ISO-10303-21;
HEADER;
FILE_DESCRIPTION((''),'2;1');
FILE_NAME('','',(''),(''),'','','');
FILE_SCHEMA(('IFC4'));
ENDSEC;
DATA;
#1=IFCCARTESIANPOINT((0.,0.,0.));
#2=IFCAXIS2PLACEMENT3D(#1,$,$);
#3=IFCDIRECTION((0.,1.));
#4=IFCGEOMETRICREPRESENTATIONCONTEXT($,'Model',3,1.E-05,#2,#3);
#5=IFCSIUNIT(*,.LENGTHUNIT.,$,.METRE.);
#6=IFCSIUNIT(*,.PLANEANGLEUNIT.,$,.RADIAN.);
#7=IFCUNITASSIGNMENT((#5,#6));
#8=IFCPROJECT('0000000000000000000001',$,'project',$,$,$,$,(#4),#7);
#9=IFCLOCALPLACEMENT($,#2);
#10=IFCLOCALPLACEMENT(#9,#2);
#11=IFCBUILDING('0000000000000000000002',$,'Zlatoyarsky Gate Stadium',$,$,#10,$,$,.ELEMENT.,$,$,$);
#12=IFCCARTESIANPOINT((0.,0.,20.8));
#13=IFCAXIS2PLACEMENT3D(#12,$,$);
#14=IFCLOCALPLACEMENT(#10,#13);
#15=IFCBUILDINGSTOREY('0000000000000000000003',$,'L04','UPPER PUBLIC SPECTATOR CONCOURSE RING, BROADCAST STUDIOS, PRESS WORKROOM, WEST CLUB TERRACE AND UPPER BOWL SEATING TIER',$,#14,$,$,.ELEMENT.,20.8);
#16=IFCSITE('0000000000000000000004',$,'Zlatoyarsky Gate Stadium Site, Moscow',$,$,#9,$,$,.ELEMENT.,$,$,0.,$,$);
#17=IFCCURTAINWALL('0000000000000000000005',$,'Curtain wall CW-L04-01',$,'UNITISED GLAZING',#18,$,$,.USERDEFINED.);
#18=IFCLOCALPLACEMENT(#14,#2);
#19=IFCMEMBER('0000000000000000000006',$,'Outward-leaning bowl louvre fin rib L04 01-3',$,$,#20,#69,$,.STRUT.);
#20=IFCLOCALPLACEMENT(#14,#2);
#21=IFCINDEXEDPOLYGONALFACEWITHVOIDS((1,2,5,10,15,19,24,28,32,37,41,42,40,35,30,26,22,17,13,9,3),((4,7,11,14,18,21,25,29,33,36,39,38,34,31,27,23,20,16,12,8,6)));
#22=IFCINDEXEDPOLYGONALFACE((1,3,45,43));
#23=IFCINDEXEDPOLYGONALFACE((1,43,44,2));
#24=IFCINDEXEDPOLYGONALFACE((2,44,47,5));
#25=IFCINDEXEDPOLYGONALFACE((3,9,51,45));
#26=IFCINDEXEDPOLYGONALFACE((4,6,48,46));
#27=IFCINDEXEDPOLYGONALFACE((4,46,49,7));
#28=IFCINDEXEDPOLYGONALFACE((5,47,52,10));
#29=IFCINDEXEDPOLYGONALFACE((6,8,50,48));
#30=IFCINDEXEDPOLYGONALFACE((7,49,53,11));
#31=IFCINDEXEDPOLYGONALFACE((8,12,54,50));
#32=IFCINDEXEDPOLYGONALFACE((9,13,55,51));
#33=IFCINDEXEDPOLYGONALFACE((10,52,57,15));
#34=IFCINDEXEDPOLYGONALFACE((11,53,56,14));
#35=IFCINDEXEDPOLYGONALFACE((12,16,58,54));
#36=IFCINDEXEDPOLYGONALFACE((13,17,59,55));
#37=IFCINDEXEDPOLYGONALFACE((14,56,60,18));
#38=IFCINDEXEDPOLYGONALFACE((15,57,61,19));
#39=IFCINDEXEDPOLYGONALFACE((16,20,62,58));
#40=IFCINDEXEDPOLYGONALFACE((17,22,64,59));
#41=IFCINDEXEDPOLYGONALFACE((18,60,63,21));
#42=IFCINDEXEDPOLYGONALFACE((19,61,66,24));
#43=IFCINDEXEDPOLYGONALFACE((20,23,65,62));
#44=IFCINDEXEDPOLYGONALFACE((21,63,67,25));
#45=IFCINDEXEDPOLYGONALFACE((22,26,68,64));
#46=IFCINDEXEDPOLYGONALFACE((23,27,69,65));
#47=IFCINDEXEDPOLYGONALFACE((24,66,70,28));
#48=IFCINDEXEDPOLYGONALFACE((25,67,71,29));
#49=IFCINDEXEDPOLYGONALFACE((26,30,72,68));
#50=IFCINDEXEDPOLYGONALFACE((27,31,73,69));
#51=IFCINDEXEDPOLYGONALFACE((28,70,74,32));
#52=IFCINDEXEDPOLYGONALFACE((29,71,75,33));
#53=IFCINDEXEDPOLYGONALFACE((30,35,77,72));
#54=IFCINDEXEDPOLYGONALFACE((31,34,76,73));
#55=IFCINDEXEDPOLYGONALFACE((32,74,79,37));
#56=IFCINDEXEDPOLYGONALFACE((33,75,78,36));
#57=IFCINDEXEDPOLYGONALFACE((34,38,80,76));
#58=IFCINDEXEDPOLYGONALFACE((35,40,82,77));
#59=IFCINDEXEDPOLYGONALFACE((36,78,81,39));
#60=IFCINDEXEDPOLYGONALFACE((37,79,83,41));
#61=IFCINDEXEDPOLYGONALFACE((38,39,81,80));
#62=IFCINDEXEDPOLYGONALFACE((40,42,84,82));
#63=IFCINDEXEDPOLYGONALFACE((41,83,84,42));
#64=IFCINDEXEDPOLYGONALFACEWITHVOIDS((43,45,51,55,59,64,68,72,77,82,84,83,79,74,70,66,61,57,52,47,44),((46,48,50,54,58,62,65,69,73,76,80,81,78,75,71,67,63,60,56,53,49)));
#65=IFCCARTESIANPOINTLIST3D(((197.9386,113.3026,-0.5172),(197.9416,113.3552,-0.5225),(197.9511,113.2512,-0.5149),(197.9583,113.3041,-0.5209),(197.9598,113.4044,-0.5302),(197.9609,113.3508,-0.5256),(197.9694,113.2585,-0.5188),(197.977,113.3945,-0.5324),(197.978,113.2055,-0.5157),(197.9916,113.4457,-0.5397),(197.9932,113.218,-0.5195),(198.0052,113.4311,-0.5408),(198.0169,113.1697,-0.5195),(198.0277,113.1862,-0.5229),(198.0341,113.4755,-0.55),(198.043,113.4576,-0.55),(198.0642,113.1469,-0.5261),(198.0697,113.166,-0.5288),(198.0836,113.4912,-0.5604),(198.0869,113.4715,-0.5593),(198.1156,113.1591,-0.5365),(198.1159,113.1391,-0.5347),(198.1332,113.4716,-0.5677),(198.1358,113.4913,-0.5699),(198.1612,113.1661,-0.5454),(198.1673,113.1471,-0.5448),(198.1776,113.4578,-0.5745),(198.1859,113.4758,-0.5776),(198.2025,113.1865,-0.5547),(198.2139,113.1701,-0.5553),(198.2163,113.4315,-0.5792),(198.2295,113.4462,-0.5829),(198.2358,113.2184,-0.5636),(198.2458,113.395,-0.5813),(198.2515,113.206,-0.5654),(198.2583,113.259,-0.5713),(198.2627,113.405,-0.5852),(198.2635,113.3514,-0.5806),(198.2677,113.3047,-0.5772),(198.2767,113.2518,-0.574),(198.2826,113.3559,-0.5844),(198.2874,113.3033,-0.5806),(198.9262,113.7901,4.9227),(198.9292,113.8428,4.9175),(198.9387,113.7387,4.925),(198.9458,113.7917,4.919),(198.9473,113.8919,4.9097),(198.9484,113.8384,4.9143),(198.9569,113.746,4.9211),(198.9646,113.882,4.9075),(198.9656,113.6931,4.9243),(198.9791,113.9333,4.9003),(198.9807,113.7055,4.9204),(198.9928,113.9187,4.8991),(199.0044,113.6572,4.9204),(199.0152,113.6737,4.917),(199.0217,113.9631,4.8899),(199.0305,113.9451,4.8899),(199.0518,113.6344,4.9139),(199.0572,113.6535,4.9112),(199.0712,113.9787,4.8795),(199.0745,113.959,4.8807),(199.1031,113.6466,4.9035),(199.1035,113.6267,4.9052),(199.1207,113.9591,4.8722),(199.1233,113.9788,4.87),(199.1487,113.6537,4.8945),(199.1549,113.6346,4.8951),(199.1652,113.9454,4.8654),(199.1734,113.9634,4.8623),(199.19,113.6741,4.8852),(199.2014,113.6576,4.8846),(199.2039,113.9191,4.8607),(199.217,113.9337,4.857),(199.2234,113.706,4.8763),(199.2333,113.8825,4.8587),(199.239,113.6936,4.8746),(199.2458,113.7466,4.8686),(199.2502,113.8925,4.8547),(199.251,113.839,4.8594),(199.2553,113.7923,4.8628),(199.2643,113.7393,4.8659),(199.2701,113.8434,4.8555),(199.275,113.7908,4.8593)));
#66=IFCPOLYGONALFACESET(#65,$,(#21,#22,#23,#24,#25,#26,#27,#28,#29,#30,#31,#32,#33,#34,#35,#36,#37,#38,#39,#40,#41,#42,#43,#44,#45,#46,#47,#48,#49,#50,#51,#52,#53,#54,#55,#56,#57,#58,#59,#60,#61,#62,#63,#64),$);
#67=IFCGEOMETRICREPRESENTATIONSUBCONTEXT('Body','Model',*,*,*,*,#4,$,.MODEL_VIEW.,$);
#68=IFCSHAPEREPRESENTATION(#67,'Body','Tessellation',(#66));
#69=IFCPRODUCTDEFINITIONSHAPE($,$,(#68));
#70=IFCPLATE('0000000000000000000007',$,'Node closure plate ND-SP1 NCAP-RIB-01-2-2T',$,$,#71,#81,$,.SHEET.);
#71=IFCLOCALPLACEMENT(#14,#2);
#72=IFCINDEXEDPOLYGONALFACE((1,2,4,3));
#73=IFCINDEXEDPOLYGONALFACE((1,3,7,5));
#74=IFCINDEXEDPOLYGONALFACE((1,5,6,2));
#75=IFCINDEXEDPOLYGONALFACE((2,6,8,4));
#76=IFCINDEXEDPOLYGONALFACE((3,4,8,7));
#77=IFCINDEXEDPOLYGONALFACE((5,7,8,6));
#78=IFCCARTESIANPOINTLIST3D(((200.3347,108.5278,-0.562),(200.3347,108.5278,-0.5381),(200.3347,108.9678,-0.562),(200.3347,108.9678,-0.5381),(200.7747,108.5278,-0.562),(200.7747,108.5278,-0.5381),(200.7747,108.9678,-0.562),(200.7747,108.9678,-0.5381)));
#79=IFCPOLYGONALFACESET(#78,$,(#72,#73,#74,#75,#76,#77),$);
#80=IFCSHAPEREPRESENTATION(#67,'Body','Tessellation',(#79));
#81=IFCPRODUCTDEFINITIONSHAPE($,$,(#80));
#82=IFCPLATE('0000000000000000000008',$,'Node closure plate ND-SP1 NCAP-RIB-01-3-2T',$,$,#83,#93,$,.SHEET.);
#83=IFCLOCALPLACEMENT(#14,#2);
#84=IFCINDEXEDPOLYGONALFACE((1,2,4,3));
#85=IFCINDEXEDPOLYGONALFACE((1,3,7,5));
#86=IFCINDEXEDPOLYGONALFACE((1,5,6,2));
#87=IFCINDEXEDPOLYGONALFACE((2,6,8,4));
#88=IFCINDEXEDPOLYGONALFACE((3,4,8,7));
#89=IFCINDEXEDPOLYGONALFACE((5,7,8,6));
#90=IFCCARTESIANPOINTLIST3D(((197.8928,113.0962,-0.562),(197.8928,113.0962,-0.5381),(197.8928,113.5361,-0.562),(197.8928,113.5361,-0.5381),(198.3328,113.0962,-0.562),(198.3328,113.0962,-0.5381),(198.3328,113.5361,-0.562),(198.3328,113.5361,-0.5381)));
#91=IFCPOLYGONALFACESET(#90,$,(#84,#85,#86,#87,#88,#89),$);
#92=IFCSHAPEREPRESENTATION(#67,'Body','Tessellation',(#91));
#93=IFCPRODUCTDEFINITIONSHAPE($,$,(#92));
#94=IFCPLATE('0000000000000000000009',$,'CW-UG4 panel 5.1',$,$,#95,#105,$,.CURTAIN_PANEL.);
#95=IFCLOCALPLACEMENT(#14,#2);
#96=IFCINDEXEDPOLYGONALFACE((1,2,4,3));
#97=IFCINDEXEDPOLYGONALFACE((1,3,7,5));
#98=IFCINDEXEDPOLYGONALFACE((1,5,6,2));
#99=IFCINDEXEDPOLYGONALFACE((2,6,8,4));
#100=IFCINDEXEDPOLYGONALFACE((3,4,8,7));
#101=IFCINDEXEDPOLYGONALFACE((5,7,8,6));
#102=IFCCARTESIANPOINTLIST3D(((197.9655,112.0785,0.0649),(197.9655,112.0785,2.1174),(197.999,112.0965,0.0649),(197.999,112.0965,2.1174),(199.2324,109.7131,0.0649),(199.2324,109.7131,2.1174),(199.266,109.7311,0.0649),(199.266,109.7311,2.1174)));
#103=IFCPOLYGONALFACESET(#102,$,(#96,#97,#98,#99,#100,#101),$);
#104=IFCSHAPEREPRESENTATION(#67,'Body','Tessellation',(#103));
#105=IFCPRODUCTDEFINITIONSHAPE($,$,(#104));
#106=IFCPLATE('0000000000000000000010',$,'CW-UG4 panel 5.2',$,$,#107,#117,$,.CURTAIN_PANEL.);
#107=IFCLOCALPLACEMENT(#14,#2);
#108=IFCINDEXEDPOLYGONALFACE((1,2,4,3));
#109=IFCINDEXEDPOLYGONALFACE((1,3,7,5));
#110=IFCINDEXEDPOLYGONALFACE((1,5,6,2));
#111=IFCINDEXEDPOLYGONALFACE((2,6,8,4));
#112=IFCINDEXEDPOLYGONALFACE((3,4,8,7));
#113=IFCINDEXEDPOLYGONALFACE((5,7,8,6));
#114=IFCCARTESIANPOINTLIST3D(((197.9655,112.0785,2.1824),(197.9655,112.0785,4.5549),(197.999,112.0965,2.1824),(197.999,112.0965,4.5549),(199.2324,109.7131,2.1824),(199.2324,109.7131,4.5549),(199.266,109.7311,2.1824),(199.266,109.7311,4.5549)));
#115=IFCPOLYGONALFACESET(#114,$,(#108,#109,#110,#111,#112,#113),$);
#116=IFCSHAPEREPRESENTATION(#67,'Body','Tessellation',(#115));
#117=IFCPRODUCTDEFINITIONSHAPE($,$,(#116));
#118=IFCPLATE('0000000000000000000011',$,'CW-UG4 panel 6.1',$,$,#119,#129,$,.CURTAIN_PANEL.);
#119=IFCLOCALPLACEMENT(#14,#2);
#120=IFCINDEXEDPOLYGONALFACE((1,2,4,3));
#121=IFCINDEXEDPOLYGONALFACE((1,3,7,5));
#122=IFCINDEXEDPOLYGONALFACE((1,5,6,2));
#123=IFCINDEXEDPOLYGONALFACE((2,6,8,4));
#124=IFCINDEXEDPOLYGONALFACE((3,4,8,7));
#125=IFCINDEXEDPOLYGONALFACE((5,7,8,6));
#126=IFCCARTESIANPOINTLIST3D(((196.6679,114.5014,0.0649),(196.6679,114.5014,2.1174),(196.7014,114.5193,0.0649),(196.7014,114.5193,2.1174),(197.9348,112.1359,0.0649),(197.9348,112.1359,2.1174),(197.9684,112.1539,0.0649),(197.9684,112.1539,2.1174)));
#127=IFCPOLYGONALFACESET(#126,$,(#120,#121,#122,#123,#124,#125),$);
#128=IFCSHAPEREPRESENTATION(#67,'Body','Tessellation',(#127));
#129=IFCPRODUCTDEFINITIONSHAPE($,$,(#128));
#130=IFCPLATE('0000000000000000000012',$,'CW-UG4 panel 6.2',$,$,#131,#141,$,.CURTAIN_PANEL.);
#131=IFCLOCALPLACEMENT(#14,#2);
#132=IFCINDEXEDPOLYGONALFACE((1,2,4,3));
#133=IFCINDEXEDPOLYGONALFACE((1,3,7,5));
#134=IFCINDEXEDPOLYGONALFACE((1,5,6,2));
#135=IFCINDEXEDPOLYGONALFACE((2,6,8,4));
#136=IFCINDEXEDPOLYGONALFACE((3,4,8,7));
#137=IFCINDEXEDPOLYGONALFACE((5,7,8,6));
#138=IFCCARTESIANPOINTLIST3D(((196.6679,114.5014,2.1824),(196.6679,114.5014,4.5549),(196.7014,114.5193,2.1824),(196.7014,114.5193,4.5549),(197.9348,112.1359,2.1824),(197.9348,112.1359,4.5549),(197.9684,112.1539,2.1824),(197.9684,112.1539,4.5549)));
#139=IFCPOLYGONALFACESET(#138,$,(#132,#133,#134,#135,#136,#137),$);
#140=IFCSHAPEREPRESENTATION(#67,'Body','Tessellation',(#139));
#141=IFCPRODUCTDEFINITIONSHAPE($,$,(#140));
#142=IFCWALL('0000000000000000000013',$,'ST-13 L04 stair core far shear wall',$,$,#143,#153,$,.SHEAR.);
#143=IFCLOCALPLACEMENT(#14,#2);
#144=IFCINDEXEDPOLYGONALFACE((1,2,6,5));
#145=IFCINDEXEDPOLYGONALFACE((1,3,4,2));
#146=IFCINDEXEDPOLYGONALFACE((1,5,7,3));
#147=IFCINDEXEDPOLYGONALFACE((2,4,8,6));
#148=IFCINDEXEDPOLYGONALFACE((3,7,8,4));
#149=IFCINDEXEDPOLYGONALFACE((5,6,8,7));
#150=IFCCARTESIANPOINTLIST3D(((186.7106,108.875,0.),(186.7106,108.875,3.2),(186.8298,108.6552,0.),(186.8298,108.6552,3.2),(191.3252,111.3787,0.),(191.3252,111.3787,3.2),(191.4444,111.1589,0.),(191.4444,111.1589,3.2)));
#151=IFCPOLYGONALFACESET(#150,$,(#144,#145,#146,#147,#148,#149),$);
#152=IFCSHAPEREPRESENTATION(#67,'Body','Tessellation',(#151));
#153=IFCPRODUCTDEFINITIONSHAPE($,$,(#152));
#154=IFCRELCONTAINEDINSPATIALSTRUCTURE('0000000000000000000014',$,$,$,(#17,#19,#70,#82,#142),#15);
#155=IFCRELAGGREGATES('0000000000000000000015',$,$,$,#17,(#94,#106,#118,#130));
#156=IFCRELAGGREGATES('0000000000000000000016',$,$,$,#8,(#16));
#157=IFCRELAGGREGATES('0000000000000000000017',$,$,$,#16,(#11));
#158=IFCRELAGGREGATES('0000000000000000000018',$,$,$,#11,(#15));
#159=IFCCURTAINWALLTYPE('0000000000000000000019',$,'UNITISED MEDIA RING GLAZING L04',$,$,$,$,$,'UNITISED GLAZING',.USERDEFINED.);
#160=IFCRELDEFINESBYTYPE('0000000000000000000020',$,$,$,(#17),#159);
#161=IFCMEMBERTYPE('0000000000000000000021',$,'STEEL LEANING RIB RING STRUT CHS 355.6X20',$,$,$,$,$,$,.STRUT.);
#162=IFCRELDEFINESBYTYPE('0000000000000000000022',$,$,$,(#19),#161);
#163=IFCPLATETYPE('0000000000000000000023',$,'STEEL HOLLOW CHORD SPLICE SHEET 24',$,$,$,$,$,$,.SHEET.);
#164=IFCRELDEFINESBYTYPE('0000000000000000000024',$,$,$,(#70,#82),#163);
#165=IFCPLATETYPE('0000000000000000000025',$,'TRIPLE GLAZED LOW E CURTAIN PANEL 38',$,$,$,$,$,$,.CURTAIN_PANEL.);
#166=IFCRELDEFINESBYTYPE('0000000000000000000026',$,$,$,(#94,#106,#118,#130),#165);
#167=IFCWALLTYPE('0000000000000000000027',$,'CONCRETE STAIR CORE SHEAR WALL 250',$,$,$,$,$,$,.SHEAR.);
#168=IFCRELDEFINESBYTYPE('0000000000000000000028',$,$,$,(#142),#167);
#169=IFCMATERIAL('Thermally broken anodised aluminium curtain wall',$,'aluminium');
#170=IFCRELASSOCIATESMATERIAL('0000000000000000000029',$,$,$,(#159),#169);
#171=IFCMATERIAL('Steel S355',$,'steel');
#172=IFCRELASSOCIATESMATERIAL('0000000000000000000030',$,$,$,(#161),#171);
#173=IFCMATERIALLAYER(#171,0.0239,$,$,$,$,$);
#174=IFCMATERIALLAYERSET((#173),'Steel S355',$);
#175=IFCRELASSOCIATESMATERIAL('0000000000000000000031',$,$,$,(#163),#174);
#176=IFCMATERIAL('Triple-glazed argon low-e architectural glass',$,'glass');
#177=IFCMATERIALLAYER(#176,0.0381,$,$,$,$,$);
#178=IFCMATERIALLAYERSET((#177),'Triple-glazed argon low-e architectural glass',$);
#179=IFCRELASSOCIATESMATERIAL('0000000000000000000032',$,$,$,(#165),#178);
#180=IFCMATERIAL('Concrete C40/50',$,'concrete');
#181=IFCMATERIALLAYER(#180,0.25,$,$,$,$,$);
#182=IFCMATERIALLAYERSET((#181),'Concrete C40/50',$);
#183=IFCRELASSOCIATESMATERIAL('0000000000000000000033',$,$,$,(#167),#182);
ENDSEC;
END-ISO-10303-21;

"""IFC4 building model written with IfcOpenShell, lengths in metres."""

from ifc_helpers import new_model, si_unit, direction, frame, frame_2d, origin, origin_2d, place, context, subcontext, project, spatial, rectangle, hollow_circle, extrude, material, layer, layer_set, material_profile, profile_set, type_object, element, aggregate, save


model = new_model("IFC4")

# Units and contexts
model_context = context("Model", 3, precision=1e-05, world=origin(), true_north=direction((0.0, 1.0)))
body_context = subcontext(model_context, "Body", "Model", "MODEL_VIEW")
ifc_project = project(units=[si_unit("LENGTHUNIT", "METRE"), si_unit("PLANEANGLEUNIT", "RADIAN")], contexts=[model_context])

# Site, building, storey
site_placement = place(None, origin())
site = spatial("IfcSite", under=ifc_project, at=site_placement, Name="Zlatoyarsky Gate Stadium Site, Moscow", CompositionType="ELEMENT", RefElevation=0.0)
building_placement = place(site_placement, origin())
building = spatial("IfcBuilding", under=site, at=building_placement, Name="Zlatoyarsky Gate Stadium", CompositionType="ELEMENT")
storey_placement = place(building_placement, frame((0.0, 0.0, 20.8)))
storey = spatial("IfcBuildingStorey", under=building, at=storey_placement, Name="L04", Description="UPPER PUBLIC SPECTATOR CONCOURSE RING, BROADCAST STUDIOS, PRESS WORKROOM, WEST CLUB TERRACE AND UPPER BOWL SEATING TIER", CompositionType="ELEMENT", Elevation=20.8)

# Curtain wall
ifc_material_1 = material(Name="Thermally broken anodised aluminium curtain wall", Category="aluminium")
curtain_wall_type = type_object("IfcCurtainWallType", Name="UNITISED MEDIA RING GLAZING L04", ElementType="UNITISED GLAZING", PredefinedType="USERDEFINED", material=ifc_material_1)
curtain_wall_placement = place(storey_placement, origin())
curtain_wall = element("IfcCurtainWall", 1, at=curtain_wall_placement, inside=storey, type_object=curtain_wall_type, Name="Curtain wall CW-L04-01", ObjectType="UNITISED GLAZING", PredefinedType="USERDEFINED")

# Member
ifc_material_2 = material(Name="Steel S355", Category="steel")
ifc_material_profile_1 = material_profile(ifc_material_2, hollow_circle(Radius=0.1777, WallThickness=0.02, at=origin_2d()), Name="CHS 355.6X20")
ifc_profile_set_1 = profile_set([ifc_material_profile_1], Name="Steel S355")
member_type_1 = type_object("IfcMemberType", Name="STEEL LEANING RIB RING STRUT CHS 355.6X20", PredefinedType="STRUT", material=ifc_profile_set_1)
member_1_placement = place(storey_placement, frame((198.1128, 113.3162, -0.55), z_axis=(0.177927, 0.087842, 0.980115), x_axis=(-0.442686, 0.896677, 0.0)))
element("IfcMember", 2, at=member_1_placement, inside=storey, type_object=member_type_1, Name="Outward-leaning bowl louvre fin rib L04 01-3", PredefinedType="STRUT", context=body_context, shape_type="SweptSolid", body=[
    extrude(hollow_circle(Radius=0.1777, WallThickness=0.02, at=origin_2d()), origin(), (0.0, 0.0, 1.0), 5.5503),
])

# Plates
ifc_layer_1 = layer(ifc_material_2, 0.0239)
ifc_layer_set_1 = layer_set([ifc_layer_1], Name="Steel S355")
plate_type_1 = type_object("IfcPlateType", Name="STEEL HOLLOW CHORD SPLICE SHEET 24", PredefinedType="SHEET", material=ifc_layer_set_1)
for number, where, z_axis, x_axis, name in (
    (3, (200.5547, 108.7478, -0.562), (0.0, 0.0, 1.0), (1.0, 0.0, 0.0), "Node closure plate ND-SP1 NCAP-RIB-01-2-2T"),
    (4, (198.1128, 113.3162, -0.562), (0.0, 0.0, 1.0), (1.0, 0.0, 0.0), "Node closure plate ND-SP1 NCAP-RIB-01-3-2T"),
):
    element("IfcPlate", number, at=place(storey_placement, frame(where, z_axis=z_axis, x_axis=x_axis)), inside=storey, type_object=plate_type_1, Name=name, PredefinedType="SHEET", context=body_context, shape_type="SweptSolid", body=[
        extrude(rectangle(XDim=0.4399, YDim=0.4399, at=origin_2d()), origin(), (0.0, 0.0, 1.0), 0.0239),
    ])

# Plates
ifc_material_3 = material(Name="Triple-glazed argon low-e architectural glass", Category="glass")
ifc_layer_2 = layer(ifc_material_3, 0.0381)
ifc_layer_set_2 = layer_set([ifc_layer_2], Name="Triple-glazed argon low-e architectural glass")
plate_type_2 = type_object("IfcPlateType", Name="TRIPLE GLAZED LOW E CURTAIN PANEL 38", PredefinedType="CURTAIN_PANEL", material=ifc_layer_set_2)
plate_1_placement = place(storey_placement, frame((198.6157, 110.9048, 0.0649), z_axis=(0.0, 0.0, 1.0), x_axis=(-0.472145, 0.881521, 0.0)))
plate_1 = element("IfcPlate", 5, at=plate_1_placement, type_object=plate_type_2, Name="CW-UG4 panel 5.1", PredefinedType="CURTAIN_PANEL", context=body_context, shape_type="SweptSolid", body=[
    extrude(rectangle(XDim=2.6833, YDim=0.0381, at=origin_2d()), origin(), (0.0, 0.0, 1.0), 2.0525),
])
plate_2_placement = place(storey_placement, frame((198.6157, 110.9048, 2.1824), z_axis=(0.0, 0.0, 1.0), x_axis=(-0.472145, 0.881521, 0.0)))
plate_2 = element("IfcPlate", 6, at=plate_2_placement, type_object=plate_type_2, Name="CW-UG4 panel 5.2", PredefinedType="CURTAIN_PANEL", context=body_context, shape_type="SweptSolid", body=[
    extrude(rectangle(XDim=2.6833, YDim=0.0381, at=origin_2d()), origin(), (0.0, 0.0, 1.0), 2.3726),
])
plate_3_placement = place(storey_placement, frame((197.3181, 113.3276, 0.0649), z_axis=(0.0, 0.0, 1.0), x_axis=(-0.472145, 0.881521, 0.0)))
plate_3 = element("IfcPlate", 7, at=plate_3_placement, type_object=plate_type_2, Name="CW-UG4 panel 6.1", PredefinedType="CURTAIN_PANEL", context=body_context, shape_type="SweptSolid", body=[
    extrude(rectangle(XDim=2.6833, YDim=0.0381, at=origin_2d()), origin(), (0.0, 0.0, 1.0), 2.0525),
])
plate_4_placement = place(storey_placement, frame((197.3181, 113.3276, 2.1824), z_axis=(0.0, 0.0, 1.0), x_axis=(-0.472145, 0.881521, 0.0)))
plate_4 = element("IfcPlate", 8, at=plate_4_placement, type_object=plate_type_2, Name="CW-UG4 panel 6.2", PredefinedType="CURTAIN_PANEL", context=body_context, shape_type="SweptSolid", body=[
    extrude(rectangle(XDim=2.6833, YDim=0.0381, at=origin_2d()), origin(), (0.0, 0.0, 1.0), 2.3726),
])
aggregate(curtain_wall, [plate_1, plate_2, plate_3, plate_4])

# Wall
ifc_material_4 = material(Name="Concrete C40/50", Category="concrete")
ifc_layer_3 = layer(ifc_material_4, 0.25)
ifc_layer_set_3 = layer_set([ifc_layer_3], Name="Concrete C40/50")
wall_type = type_object("IfcWallType", Name="CONCRETE STAIR CORE SHEAR WALL 250", PredefinedType="SHEAR", material=ifc_layer_set_3)
wall_placement = place(storey_placement, frame((191.3848, 111.2688, 0.0), z_axis=(0.0, 0.0, 1.0), x_axis=(-0.878961, -0.476893, 0.0)))
element("IfcWall", 9, at=wall_placement, inside=storey, type_object=wall_type, Name="ST-13 L04 stair core far shear wall", PredefinedType="SHEAR", context=body_context, shape_type="SweptSolid", body=[
    extrude(rectangle(XDim=5.25, YDim=0.25, at=frame_2d((2.625, 0.0))), origin(), (0.0, 0.0, 1.0), 3.2),
])

save(model, "model.ifc")
